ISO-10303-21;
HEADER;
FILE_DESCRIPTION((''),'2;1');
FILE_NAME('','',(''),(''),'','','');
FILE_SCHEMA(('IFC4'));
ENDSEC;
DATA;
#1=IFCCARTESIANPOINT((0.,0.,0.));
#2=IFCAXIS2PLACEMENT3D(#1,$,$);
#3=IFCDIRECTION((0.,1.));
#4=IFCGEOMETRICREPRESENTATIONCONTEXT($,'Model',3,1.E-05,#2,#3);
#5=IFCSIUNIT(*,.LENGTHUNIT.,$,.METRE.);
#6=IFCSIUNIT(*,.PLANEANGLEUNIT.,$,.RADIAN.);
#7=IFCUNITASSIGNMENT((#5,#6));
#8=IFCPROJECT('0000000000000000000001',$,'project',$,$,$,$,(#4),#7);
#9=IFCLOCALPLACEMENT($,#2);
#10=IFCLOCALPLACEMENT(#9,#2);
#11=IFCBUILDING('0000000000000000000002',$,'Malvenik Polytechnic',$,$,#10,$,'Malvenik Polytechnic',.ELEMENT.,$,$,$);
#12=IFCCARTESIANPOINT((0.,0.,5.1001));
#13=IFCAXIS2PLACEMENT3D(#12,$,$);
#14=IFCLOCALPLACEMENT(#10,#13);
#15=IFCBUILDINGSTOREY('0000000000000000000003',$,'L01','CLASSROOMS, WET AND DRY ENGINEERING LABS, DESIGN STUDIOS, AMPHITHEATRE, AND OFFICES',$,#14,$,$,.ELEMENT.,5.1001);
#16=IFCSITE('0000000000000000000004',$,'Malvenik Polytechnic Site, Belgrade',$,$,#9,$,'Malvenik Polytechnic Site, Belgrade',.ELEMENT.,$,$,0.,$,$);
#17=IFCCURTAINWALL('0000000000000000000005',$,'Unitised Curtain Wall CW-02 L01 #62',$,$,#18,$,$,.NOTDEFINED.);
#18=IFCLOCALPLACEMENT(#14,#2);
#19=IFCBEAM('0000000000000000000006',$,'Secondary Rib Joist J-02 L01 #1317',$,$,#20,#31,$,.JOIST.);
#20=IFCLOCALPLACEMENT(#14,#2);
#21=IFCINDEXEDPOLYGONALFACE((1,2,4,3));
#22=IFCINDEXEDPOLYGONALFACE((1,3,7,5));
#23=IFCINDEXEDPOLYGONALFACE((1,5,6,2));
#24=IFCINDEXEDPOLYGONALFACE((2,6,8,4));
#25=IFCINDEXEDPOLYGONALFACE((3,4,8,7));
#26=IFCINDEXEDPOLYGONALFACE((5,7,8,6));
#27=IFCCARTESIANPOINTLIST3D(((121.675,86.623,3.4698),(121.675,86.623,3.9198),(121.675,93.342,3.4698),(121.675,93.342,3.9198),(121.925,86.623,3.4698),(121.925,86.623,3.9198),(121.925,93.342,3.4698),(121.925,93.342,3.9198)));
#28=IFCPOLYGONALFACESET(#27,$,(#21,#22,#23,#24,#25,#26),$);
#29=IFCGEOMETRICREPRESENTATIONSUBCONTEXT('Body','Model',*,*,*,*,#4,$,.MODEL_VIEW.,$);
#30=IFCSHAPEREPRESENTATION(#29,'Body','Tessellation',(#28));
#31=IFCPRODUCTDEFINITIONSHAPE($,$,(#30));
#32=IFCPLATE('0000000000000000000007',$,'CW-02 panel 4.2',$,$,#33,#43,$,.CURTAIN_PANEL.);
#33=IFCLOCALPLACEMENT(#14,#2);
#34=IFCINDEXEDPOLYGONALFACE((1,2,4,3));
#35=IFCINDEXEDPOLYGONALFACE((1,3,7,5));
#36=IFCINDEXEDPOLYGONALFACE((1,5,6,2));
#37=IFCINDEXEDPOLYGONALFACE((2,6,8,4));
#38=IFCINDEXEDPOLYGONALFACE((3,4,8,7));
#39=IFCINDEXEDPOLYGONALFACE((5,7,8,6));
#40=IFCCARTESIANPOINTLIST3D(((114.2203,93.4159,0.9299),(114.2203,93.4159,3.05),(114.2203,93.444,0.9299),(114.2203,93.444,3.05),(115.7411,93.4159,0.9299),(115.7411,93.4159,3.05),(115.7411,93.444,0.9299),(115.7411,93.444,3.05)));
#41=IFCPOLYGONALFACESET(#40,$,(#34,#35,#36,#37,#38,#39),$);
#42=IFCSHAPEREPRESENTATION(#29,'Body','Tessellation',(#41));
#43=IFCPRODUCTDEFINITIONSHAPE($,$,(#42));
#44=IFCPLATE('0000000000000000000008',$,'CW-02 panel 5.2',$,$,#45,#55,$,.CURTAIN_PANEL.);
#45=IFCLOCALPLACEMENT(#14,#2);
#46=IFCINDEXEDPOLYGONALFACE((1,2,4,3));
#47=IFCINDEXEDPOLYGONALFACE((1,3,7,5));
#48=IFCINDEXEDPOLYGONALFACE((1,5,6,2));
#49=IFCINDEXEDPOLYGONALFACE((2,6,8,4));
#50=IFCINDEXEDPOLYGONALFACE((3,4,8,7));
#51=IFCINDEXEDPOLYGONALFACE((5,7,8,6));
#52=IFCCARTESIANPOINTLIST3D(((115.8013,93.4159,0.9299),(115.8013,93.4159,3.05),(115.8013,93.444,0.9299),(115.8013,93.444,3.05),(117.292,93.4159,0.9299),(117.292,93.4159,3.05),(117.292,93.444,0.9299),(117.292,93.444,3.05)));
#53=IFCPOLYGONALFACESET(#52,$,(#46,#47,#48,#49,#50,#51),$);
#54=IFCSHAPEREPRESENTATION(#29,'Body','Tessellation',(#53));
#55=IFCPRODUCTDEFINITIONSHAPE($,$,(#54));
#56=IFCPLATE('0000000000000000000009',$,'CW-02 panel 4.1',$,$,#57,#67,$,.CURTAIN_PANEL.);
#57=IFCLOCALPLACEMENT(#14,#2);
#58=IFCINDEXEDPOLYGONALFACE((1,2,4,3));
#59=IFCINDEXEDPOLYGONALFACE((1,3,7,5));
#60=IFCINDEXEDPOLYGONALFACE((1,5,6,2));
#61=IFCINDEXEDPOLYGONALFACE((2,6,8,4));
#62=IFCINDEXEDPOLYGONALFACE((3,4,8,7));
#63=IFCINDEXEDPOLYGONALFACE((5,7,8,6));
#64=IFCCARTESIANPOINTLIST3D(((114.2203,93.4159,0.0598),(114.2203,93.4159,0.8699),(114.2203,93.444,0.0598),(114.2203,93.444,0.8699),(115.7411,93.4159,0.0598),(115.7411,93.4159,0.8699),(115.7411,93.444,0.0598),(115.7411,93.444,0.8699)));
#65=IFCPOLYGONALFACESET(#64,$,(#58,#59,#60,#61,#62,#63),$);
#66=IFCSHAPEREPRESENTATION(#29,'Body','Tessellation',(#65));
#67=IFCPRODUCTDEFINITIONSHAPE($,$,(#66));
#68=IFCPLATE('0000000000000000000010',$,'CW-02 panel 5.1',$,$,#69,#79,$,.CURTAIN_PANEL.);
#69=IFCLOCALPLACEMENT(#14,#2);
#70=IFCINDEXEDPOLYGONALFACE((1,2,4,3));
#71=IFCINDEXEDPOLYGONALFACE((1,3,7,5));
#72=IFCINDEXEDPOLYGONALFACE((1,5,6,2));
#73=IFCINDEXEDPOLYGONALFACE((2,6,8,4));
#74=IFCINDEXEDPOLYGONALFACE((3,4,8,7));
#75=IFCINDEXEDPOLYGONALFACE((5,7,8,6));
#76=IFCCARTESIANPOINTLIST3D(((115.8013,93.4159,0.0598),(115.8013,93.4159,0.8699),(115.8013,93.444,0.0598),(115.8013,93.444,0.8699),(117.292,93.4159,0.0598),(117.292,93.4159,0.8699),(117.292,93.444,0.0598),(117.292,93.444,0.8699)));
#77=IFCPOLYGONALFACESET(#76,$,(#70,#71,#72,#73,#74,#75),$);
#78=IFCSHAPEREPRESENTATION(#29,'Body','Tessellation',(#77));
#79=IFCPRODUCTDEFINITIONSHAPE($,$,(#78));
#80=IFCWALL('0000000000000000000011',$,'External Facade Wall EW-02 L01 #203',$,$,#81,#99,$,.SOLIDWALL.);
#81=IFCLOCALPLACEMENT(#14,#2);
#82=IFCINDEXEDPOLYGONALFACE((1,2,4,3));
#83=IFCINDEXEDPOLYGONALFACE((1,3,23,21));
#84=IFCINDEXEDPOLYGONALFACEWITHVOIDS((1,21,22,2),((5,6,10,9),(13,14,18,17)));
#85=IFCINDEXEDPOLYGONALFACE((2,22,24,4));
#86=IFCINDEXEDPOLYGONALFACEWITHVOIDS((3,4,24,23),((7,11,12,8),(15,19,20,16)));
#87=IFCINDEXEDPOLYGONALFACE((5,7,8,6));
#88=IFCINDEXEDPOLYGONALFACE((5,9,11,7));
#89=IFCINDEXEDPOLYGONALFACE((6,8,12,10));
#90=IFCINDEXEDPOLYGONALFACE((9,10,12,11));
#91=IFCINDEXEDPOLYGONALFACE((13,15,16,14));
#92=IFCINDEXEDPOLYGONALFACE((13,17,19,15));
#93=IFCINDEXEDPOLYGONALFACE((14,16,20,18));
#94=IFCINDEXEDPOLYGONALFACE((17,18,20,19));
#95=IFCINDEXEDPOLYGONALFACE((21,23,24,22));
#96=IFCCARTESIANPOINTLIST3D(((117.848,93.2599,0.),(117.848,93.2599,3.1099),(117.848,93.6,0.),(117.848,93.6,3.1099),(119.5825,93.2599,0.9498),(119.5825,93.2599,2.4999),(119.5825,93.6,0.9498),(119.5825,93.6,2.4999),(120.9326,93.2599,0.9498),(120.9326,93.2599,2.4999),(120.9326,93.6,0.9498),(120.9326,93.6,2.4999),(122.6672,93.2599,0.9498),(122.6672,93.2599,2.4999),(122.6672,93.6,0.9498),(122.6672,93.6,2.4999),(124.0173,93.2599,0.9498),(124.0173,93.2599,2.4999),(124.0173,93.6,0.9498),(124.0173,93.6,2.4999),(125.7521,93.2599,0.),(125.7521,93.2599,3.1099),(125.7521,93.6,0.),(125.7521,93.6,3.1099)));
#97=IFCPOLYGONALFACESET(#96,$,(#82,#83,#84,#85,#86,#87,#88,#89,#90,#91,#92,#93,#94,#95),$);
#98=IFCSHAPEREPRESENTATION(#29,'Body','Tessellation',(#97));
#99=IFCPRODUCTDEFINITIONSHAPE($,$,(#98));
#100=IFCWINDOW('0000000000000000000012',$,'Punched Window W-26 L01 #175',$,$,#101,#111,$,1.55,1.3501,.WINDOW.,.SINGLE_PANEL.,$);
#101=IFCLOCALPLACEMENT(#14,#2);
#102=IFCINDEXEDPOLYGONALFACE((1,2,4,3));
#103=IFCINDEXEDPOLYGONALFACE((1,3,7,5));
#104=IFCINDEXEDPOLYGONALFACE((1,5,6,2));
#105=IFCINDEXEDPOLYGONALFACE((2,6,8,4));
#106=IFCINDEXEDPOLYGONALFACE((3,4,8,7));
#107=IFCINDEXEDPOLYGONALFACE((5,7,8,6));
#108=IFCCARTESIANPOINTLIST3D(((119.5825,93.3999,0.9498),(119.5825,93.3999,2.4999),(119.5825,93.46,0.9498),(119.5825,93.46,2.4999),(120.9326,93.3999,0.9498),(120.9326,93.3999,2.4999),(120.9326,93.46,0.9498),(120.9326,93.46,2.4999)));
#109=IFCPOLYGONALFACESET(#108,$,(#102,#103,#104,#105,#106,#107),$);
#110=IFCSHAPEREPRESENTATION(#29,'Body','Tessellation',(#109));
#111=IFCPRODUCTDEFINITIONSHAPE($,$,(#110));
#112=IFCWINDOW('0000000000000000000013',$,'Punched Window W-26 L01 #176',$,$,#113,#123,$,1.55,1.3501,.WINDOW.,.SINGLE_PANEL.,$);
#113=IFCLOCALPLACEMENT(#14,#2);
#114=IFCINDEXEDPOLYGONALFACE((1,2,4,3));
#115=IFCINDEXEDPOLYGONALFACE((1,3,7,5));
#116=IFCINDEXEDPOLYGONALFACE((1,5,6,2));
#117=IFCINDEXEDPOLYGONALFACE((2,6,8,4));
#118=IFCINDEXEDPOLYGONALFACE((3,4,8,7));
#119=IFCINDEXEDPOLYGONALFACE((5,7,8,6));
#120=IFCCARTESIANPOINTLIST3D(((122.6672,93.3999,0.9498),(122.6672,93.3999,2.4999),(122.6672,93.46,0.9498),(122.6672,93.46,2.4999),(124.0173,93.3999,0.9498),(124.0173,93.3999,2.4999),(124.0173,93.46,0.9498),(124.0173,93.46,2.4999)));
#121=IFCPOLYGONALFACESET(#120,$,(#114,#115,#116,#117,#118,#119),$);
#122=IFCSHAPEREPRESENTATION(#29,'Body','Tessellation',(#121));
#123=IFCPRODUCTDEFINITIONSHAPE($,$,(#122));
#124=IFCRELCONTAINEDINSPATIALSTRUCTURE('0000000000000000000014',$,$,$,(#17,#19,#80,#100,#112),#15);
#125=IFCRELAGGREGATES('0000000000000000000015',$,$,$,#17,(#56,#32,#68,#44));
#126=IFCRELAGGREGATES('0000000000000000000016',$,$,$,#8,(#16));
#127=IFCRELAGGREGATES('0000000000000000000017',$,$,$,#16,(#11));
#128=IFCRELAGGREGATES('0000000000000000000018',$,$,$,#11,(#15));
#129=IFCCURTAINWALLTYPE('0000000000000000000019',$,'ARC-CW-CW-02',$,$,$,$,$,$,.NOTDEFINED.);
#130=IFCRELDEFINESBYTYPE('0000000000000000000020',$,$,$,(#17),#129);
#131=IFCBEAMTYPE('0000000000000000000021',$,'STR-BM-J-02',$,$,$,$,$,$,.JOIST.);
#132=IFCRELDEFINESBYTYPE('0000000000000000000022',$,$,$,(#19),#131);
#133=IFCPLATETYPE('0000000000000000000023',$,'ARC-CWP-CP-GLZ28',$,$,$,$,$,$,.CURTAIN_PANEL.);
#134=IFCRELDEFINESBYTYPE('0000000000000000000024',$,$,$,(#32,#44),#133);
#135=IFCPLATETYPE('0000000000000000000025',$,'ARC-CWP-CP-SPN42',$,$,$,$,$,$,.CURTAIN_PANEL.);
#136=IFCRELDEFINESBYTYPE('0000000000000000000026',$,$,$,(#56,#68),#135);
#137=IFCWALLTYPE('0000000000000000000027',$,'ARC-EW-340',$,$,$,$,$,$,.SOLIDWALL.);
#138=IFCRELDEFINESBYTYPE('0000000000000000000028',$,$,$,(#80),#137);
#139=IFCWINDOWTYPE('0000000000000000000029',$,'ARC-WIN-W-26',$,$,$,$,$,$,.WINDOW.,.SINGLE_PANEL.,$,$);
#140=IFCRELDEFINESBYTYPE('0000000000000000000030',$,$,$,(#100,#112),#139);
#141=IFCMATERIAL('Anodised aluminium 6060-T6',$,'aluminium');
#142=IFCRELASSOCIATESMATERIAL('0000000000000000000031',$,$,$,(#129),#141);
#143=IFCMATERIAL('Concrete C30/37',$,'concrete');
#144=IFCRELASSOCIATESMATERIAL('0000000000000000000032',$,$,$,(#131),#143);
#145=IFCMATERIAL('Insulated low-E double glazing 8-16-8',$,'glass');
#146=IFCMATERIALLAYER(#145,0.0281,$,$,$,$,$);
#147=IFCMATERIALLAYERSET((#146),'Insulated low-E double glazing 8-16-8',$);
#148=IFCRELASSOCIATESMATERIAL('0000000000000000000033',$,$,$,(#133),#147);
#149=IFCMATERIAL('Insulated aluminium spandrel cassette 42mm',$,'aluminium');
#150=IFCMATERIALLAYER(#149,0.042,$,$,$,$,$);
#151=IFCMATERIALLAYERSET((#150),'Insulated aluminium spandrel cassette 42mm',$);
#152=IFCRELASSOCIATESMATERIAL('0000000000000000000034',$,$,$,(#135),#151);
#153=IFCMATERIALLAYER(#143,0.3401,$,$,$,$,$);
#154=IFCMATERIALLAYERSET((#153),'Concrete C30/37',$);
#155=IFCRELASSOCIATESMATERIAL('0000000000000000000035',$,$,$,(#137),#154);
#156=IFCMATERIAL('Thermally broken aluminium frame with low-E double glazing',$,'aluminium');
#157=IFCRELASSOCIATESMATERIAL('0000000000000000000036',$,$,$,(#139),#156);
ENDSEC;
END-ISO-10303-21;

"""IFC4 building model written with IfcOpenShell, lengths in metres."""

from ifc_helpers import new_model, si_unit, direction, frame, frame_2d, origin, origin_2d, place, context, subcontext, project, spatial, rectangle, extrude, material, layer, layer_set, material_profile, profile_set, type_object, element, fill, aggregate, save


model = new_model("IFC4")

# Units and contexts
model_context = context("Model", 3, precision=1e-05, world=origin(), true_north=direction((0.0, 1.0)))
body_context = subcontext(model_context, "Body", "Model", "MODEL_VIEW")
ifc_project = project(units=[si_unit("LENGTHUNIT", "METRE"), si_unit("PLANEANGLEUNIT", "RADIAN")], contexts=[model_context])

# Site, building, storey
site_placement = place(None, origin())
site = spatial("IfcSite", under=ifc_project, at=site_placement, Name="Malvenik Polytechnic Site, Belgrade", LongName="Malvenik Polytechnic Site, Belgrade", CompositionType="ELEMENT", RefElevation=0.0)
building_placement = place(site_placement, origin())
building = spatial("IfcBuilding", under=site, at=building_placement, Name="Malvenik Polytechnic", LongName="Malvenik Polytechnic", CompositionType="ELEMENT")
storey_placement = place(building_placement, frame((0.0, 0.0, 5.1001)))
storey = spatial("IfcBuildingStorey", under=building, at=storey_placement, Name="L01", Description="CLASSROOMS, WET AND DRY ENGINEERING LABS, DESIGN STUDIOS, AMPHITHEATRE, AND OFFICES", CompositionType="ELEMENT", Elevation=5.1001)

# Curtain wall
ifc_material_1 = material(Name="Anodised aluminium 6060-T6", Category="aluminium")
curtain_wall_type = type_object("IfcCurtainWallType", Name="ARC-CW-CW-02", PredefinedType="NOTDEFINED", material=ifc_material_1)
curtain_wall_placement = place(storey_placement, origin())
curtain_wall = element("IfcCurtainWall", 1, at=curtain_wall_placement, inside=storey, type_object=curtain_wall_type, Name="Unitised Curtain Wall CW-02 L01 #62", PredefinedType="NOTDEFINED")

# Beam
ifc_material_2 = material(Name="Concrete C30/37", Category="concrete")
ifc_material_profile_1 = material_profile(ifc_material_2, rectangle(XDim=0.25, YDim=0.45, at=origin_2d()), Name="RC JST 250x450")
ifc_profile_set_1 = profile_set([ifc_material_profile_1], Name="Concrete C30/37")
beam_type_1 = type_object("IfcBeamType", Name="STR-BM-J-02", PredefinedType="JOIST", material=ifc_profile_set_1)
beam_placement = place(storey_placement, frame((121.8, 86.623, 3.6948), z_axis=(0.0, 1.0, 0.0), x_axis=(-1.0, 0.0, 0.0)))
element("IfcBeam", 2, at=beam_placement, inside=storey, type_object=beam_type_1, Name="Secondary Rib Joist J-02 L01 #1317", PredefinedType="JOIST", context=body_context, shape_type="SweptSolid", body=[
    extrude(rectangle(XDim=0.25, YDim=0.45, at=origin_2d()), origin(), (0.0, 0.0, 1.0), 6.719),
])

# Plates
ifc_material_3 = material(Name="Insulated low-E double glazing 8-16-8", Category="glass")
ifc_layer_1 = layer(ifc_material_3, 0.0281)
ifc_layer_set_1 = layer_set([ifc_layer_1], Name="Insulated low-E double glazing 8-16-8")
plate_type_1 = type_object("IfcPlateType", Name="ARC-CWP-CP-GLZ28", PredefinedType="CURTAIN_PANEL", material=ifc_layer_set_1)
plate_1_placement = place(storey_placement, frame((114.9807, 93.4299, 0.9299), z_axis=(0.0, 0.0, 1.0), x_axis=(1.0, 0.0, 0.0)))
plate_1 = element("IfcPlate", 3, at=plate_1_placement, type_object=plate_type_1, Name="CW-02 panel 4.2", PredefinedType="CURTAIN_PANEL", context=body_context, shape_type="SweptSolid", body=[
    extrude(rectangle(XDim=1.5208, YDim=0.0281, at=origin_2d()), origin(), (0.0, 0.0, 1.0), 2.1201),
])
plate_2_placement = place(storey_placement, frame((116.5466, 93.4299, 0.9299), z_axis=(0.0, 0.0, 1.0), x_axis=(1.0, 0.0, 0.0)))
plate_2 = element("IfcPlate", 4, at=plate_2_placement, type_object=plate_type_1, Name="CW-02 panel 5.2", PredefinedType="CURTAIN_PANEL", context=body_context, shape_type="SweptSolid", body=[
    extrude(rectangle(XDim=1.4907, YDim=0.0281, at=origin_2d()), origin(), (0.0, 0.0, 1.0), 2.1201),
])
ifc_material_4 = material(Name="Insulated aluminium spandrel cassette 42mm", Category="aluminium")
ifc_layer_2 = layer(ifc_material_4, 0.042)
ifc_layer_set_2 = layer_set([ifc_layer_2], Name="Insulated aluminium spandrel cassette 42mm")
plate_type_2 = type_object("IfcPlateType", Name="ARC-CWP-CP-SPN42", PredefinedType="CURTAIN_PANEL", material=ifc_layer_set_2)
plate_3_placement = place(storey_placement, frame((114.9807, 93.4299, 0.0598), z_axis=(0.0, 0.0, 1.0), x_axis=(1.0, 0.0, 0.0)))
plate_3 = element("IfcPlate", 5, at=plate_3_placement, type_object=plate_type_2, Name="CW-02 panel 4.1", PredefinedType="CURTAIN_PANEL", context=body_context, shape_type="SweptSolid", body=[
    extrude(rectangle(XDim=1.5208, YDim=0.0281, at=origin_2d()), origin(), (0.0, 0.0, 1.0), 0.8101),
])
plate_4_placement = place(storey_placement, frame((116.5466, 93.4299, 0.0598), z_axis=(0.0, 0.0, 1.0), x_axis=(1.0, 0.0, 0.0)))
plate_4 = element("IfcPlate", 6, at=plate_4_placement, type_object=plate_type_2, Name="CW-02 panel 5.1", PredefinedType="CURTAIN_PANEL", context=body_context, shape_type="SweptSolid", body=[
    extrude(rectangle(XDim=1.4907, YDim=0.0281, at=origin_2d()), origin(), (0.0, 0.0, 1.0), 0.8101),
])
aggregate(curtain_wall, [plate_3, plate_1, plate_4, plate_2])

# Wall, openings, windows
ifc_layer_3 = layer(ifc_material_2, 0.3401)
ifc_layer_set_3 = layer_set([ifc_layer_3], Name="Concrete C30/37")
wall_type = type_object("IfcWallType", Name="ARC-EW-340", PredefinedType="SOLIDWALL", material=ifc_layer_set_3)
wall_placement = place(storey_placement, frame((117.8479, 93.4299, 0.0), z_axis=(0.0, 0.0, 1.0), x_axis=(1.0, 0.0, 0.0)))
wall = element("IfcWall", 7, at=wall_placement, inside=storey, type_object=wall_type, Name="External Facade Wall EW-02 L01 #203", PredefinedType="SOLIDWALL", context=body_context, shape_type="SweptSolid", body=[
    extrude(rectangle(XDim=7.9041, YDim=0.3401, at=frame_2d((3.9521, 0.0))), origin(), (0.0, 0.0, 1.0), 3.1099),
])
opening_1_placement = place(wall_placement, frame((1.7346, 0.0, 0.95)))
opening_1 = element("IfcOpeningElement", 8, at=opening_1_placement, cuts=wall, PredefinedType="OPENING", context=body_context, shape_type="SweptSolid", body=[
    extrude(rectangle(XDim=1.3501, YDim=1.55, at=frame_2d((0.675, 0.7749))), frame((0.0, 0.1802, 0.0), z_axis=(0.0, -1.0, 0.0), x_axis=(1.0, 0.0, 0.0)), (0.0, 0.0, 1.0), 0.3601),
])
opening_2_placement = place(wall_placement, frame((4.8193, 0.0, 0.95)))
opening_2 = element("IfcOpeningElement", 9, at=opening_2_placement, cuts=wall, PredefinedType="OPENING", context=body_context, shape_type="SweptSolid", body=[
    extrude(rectangle(XDim=1.3501, YDim=1.55, at=frame_2d((0.675, 0.7749))), frame((0.0, 0.1802, 0.0), z_axis=(0.0, -1.0, 0.0), x_axis=(1.0, 0.0, 0.0)), (0.0, 0.0, 1.0), 0.3601),
])
ifc_material_5 = material(Name="Thermally broken aluminium frame with low-E double glazing", Category="aluminium")
window_type = type_object("IfcWindowType", Name="ARC-WIN-W-26", PartitioningType="SINGLE_PANEL", PredefinedType="WINDOW", material=ifc_material_5)
window_1_placement = place(opening_1_placement, origin())
window_1 = element("IfcWindow", 10, at=window_1_placement, inside=storey, type_object=window_type, Name="Punched Window W-26 L01 #175", OverallHeight=1.55, OverallWidth=1.3501, PartitioningType="SINGLE_PANEL", PredefinedType="WINDOW", context=body_context, shape_type="SweptSolid", body=[
    extrude(rectangle(XDim=1.3501, YDim=1.55, at=frame_2d((0.675, 0.7749))), frame((0.0, 0.03, 0.0), z_axis=(0.0, -1.0, 0.0), x_axis=(1.0, 0.0, 0.0)), (0.0, 0.0, 1.0), 0.0601),
])
fill(opening_1, window_1)
window_2_placement = place(opening_2_placement, origin())
window_2 = element("IfcWindow", 11, at=window_2_placement, inside=storey, type_object=window_type, Name="Punched Window W-26 L01 #176", OverallHeight=1.55, OverallWidth=1.3501, PartitioningType="SINGLE_PANEL", PredefinedType="WINDOW", context=body_context, shape_type="SweptSolid", body=[
    extrude(rectangle(XDim=1.3501, YDim=1.55, at=frame_2d((0.675, 0.7749))), frame((0.0, 0.03, 0.0), z_axis=(0.0, -1.0, 0.0), x_axis=(1.0, 0.0, 0.0)), (0.0, 0.0, 1.0), 0.0601),
])
fill(opening_2, window_2)

save(model, "model.ifc")
